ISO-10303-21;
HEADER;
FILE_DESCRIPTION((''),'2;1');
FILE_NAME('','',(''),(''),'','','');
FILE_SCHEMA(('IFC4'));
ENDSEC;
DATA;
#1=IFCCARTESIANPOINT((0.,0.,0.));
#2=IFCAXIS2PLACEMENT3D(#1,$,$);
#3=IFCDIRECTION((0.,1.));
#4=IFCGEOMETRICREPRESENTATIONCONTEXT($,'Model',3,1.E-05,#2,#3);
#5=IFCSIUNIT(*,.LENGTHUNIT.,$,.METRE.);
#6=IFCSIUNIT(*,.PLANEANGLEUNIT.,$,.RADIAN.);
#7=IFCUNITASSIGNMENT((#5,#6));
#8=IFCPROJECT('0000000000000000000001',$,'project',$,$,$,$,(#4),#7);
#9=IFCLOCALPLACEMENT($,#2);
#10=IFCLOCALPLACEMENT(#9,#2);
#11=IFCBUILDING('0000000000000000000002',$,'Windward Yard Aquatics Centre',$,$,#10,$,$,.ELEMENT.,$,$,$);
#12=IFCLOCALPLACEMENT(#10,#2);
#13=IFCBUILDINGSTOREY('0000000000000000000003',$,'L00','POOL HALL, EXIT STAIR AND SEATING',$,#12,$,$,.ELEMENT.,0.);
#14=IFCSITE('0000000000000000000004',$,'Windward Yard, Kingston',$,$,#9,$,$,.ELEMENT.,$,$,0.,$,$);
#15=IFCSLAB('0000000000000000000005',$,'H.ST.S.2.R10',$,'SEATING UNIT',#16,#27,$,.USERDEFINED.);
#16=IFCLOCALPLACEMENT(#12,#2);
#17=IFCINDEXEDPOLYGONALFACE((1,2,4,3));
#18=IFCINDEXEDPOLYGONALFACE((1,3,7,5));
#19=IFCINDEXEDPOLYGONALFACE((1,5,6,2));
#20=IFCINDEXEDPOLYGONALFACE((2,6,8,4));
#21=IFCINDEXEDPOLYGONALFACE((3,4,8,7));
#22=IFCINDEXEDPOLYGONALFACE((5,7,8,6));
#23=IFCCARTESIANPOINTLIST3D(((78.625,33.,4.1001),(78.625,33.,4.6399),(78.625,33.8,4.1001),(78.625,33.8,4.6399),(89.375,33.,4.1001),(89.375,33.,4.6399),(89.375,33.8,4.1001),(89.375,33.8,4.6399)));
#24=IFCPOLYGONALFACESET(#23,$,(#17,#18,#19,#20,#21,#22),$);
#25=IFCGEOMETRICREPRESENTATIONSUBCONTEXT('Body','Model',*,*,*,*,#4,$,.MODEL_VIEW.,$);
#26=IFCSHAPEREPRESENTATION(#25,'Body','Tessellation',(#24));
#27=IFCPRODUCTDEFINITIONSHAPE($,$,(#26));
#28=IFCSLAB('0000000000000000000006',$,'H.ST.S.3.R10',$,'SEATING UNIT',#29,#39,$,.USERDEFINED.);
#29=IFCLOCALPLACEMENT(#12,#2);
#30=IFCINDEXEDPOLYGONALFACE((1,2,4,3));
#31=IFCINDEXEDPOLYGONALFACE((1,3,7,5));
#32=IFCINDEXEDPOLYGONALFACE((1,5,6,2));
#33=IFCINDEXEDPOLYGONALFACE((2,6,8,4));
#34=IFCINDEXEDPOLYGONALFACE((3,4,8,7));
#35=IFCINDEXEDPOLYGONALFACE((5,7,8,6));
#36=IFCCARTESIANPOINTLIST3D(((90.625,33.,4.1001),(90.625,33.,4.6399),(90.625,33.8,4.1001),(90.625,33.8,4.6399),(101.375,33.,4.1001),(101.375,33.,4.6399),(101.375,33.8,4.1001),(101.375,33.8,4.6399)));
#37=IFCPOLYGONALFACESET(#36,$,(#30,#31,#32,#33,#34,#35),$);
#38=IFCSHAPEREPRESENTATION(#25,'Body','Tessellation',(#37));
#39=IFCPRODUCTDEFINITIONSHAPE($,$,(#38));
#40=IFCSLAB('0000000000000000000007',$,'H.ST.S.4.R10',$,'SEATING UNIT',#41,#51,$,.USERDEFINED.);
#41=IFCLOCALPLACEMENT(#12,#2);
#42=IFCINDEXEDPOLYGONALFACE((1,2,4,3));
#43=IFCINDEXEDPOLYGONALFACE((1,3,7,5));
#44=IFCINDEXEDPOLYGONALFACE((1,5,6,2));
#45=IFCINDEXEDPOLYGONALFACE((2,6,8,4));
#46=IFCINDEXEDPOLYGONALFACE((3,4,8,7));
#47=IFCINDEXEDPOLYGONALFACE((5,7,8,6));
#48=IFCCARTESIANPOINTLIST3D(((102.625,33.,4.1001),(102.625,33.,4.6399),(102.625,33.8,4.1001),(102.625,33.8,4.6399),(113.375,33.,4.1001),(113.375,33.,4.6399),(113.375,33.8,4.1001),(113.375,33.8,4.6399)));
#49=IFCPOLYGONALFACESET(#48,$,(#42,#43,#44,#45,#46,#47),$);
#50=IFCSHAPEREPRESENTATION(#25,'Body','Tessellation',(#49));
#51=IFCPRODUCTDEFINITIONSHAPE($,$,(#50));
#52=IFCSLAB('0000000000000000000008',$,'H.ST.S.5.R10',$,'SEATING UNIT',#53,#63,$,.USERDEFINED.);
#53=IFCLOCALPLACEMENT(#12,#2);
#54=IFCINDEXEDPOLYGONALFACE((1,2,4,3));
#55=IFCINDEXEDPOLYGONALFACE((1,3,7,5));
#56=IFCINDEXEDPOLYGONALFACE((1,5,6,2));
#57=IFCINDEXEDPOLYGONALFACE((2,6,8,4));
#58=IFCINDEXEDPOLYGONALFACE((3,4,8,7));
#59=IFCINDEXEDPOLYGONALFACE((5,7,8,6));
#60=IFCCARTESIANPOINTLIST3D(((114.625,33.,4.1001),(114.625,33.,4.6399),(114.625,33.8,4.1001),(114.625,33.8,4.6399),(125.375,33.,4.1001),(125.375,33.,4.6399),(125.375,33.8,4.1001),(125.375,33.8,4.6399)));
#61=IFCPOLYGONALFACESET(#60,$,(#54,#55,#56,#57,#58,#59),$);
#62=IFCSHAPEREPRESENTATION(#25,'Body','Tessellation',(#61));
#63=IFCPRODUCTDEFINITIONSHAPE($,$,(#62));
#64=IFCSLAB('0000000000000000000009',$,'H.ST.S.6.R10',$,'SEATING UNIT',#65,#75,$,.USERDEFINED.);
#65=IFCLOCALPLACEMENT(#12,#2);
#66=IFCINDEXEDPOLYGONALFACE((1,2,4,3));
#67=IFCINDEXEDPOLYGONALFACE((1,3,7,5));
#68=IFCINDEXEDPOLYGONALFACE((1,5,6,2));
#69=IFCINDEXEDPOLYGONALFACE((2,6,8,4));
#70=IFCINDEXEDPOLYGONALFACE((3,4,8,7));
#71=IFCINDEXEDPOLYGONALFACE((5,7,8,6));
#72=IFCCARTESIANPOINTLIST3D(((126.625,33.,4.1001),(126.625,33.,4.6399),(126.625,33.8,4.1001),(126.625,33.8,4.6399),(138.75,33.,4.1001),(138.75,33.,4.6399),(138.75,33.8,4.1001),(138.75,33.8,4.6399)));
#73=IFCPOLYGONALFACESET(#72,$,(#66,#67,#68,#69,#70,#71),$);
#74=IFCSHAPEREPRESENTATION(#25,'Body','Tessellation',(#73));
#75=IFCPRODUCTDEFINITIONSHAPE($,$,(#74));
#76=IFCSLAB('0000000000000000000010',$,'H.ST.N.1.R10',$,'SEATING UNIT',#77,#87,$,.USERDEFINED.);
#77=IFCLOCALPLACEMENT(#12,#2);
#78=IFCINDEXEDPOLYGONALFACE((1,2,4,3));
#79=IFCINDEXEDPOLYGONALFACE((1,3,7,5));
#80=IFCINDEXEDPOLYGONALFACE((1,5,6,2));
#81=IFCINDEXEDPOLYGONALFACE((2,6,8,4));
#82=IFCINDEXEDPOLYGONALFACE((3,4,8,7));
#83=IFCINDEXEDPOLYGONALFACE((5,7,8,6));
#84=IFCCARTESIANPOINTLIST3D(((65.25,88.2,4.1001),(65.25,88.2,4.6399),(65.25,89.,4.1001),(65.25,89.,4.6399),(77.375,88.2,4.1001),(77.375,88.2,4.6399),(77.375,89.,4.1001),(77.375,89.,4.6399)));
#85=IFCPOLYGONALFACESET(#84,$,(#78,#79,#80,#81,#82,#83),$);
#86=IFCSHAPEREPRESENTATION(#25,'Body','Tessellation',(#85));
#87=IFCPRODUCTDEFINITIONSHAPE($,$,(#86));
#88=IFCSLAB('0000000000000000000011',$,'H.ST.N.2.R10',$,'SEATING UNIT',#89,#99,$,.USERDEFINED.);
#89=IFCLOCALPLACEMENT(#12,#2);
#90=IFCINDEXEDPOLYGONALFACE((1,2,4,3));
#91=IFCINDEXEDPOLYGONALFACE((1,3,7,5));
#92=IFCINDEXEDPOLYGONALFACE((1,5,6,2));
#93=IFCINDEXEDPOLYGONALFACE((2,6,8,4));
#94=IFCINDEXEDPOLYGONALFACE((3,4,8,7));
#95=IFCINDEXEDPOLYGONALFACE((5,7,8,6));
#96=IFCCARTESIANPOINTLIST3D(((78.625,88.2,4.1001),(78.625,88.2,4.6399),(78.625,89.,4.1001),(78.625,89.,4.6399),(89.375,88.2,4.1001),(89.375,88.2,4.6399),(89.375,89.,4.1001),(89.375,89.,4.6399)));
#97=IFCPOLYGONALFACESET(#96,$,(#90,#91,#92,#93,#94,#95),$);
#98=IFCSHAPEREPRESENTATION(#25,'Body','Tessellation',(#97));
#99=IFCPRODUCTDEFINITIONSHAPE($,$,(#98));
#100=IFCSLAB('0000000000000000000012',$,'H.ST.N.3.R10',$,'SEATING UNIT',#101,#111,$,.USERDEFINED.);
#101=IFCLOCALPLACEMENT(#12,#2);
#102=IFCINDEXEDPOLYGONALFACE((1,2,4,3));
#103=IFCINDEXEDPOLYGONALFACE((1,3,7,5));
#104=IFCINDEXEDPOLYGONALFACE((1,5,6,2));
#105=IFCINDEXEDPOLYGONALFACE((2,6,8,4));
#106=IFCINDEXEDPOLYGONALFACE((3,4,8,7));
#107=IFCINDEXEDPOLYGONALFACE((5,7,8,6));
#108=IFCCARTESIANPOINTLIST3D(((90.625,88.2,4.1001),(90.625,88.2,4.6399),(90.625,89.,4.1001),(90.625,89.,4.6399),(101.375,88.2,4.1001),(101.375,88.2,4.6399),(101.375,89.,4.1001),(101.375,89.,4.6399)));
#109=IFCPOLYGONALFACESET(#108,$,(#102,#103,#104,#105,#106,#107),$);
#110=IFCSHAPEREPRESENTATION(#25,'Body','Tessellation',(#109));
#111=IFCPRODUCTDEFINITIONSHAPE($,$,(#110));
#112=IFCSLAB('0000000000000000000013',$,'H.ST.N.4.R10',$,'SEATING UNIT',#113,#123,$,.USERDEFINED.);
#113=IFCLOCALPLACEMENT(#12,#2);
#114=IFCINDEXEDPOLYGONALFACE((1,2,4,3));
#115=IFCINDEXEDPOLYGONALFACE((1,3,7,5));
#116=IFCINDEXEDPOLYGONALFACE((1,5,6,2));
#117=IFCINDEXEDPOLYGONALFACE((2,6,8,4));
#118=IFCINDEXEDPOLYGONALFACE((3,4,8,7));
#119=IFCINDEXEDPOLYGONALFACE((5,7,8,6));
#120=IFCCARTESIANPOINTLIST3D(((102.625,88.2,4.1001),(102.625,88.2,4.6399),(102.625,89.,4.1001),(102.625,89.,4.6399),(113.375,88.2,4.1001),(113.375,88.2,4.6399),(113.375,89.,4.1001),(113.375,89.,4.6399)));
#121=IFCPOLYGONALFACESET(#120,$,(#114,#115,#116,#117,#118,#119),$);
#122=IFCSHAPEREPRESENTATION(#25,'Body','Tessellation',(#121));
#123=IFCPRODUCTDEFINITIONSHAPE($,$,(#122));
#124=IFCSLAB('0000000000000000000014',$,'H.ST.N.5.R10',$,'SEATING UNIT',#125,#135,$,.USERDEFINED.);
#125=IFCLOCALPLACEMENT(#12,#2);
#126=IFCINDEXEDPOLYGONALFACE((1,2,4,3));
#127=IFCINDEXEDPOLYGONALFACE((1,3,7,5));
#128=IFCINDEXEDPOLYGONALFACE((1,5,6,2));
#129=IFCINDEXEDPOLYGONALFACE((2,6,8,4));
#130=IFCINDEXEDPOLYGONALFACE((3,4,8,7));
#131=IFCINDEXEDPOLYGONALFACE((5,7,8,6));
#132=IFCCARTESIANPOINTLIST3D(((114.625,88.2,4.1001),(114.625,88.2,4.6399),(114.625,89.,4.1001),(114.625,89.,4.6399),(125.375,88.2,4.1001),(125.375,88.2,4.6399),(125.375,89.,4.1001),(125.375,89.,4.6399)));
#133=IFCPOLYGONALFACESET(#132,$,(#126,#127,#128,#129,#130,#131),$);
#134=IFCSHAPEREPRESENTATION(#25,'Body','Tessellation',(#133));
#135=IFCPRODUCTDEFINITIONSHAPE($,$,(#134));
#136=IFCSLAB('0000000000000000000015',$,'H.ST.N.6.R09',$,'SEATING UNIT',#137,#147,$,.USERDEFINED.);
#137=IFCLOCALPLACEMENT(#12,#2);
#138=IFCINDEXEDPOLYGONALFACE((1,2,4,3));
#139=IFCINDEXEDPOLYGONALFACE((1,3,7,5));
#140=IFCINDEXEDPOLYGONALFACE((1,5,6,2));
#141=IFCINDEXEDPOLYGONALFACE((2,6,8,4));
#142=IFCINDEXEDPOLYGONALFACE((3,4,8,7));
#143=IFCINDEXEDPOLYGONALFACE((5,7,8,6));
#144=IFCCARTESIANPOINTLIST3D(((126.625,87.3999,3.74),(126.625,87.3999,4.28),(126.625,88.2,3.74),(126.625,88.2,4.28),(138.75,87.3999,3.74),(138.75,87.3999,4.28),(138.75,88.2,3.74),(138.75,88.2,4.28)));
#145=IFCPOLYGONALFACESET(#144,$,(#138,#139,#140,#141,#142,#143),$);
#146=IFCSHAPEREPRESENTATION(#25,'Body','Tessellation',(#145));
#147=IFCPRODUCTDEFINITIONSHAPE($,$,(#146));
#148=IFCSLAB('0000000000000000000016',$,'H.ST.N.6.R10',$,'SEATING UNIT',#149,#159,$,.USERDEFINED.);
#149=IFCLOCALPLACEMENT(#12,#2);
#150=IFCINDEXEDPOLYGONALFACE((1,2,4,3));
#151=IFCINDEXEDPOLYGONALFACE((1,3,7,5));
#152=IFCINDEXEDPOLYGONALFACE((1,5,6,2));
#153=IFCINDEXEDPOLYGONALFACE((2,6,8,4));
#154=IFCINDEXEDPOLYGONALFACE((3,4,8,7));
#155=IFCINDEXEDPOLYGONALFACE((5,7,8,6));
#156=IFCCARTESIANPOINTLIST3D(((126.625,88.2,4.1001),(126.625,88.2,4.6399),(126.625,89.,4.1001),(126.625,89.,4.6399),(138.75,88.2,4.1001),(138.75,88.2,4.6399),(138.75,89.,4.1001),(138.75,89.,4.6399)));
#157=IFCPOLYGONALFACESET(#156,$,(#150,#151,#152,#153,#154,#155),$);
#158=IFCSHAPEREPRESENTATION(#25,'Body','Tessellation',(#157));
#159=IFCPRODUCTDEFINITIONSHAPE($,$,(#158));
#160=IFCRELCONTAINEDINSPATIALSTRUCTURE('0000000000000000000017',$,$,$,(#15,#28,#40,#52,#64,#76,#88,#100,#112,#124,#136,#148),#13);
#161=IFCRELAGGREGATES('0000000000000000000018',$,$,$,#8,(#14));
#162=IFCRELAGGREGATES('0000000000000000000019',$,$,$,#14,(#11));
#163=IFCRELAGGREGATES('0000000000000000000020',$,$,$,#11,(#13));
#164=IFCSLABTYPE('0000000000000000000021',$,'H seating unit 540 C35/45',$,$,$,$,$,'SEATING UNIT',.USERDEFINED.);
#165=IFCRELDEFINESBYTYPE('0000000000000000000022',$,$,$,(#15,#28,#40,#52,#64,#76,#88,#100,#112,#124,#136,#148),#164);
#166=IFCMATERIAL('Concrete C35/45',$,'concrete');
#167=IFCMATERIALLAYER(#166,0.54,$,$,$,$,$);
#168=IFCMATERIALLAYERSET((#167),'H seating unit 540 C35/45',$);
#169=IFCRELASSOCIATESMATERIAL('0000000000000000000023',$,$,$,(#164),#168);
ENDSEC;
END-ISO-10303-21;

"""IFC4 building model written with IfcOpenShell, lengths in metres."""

from ifc_helpers import new_model, si_unit, direction, frame, origin, place, context, subcontext, project, spatial, polyline, outline, extrude, material, layer, layer_set, type_object, element, save


model = new_model("IFC4")

# Units and contexts
model_context = context("Model", 3, precision=1e-05, world=origin(), true_north=direction((0.0, 1.0)))
body_context = subcontext(model_context, "Body", "Model", "MODEL_VIEW")
ifc_project = project(units=[si_unit("LENGTHUNIT", "METRE"), si_unit("PLANEANGLEUNIT", "RADIAN")], contexts=[model_context])

# Site, building, storey
site_placement = place(None, origin())
site = spatial("IfcSite", under=ifc_project, at=site_placement, Name="Windward Yard, Kingston", CompositionType="ELEMENT", RefElevation=0.0)
building_placement = place(site_placement, origin())
building = spatial("IfcBuilding", under=site, at=building_placement, Name="Windward Yard Aquatics Centre", CompositionType="ELEMENT")
storey_placement = place(building_placement, origin())
storey = spatial("IfcBuildingStorey", under=building, at=storey_placement, Name="L00", Description="POOL HALL, EXIT STAIR AND SEATING", CompositionType="ELEMENT", Elevation=0.0)

# Shared definitions
ifc_material_1 = material(Name="Concrete C35/45", Category="concrete")

# Slabs
ifc_layer_1 = layer(ifc_material_1, 0.54)
ifc_layer_set_1 = layer_set([ifc_layer_1], Name="H seating unit 540 C35/45")
slab_type_1 = type_object("IfcSlabType", Name="H seating unit 540 C35/45", ElementType="SEATING UNIT", PredefinedType="USERDEFINED", material=ifc_layer_set_1)
slab_1_placement = place(storey_placement, frame((0.0, 0.0, 4.1001)))
element("IfcSlab", 1, at=slab_1_placement, inside=storey, type_object=slab_type_1, Name="H.ST.S.2.R10", ObjectType="SEATING UNIT", PredefinedType="USERDEFINED", context=body_context, shape_type="SweptSolid", body=[
    extrude(outline(polyline([(78.625, 33.0), (89.375, 33.0), (89.375, 33.8), (78.625, 33.8), (78.625, 33.0)])), origin(), (0.0, 0.0, 1.0), 0.5398),
])
slab_2_placement = place(storey_placement, frame((0.0, 0.0, 4.1001)))
element("IfcSlab", 2, at=slab_2_placement, inside=storey, type_object=slab_type_1, Name="H.ST.S.3.R10", ObjectType="SEATING UNIT", PredefinedType="USERDEFINED", context=body_context, shape_type="SweptSolid", body=[
    extrude(outline(polyline([(90.625, 33.0), (101.375, 33.0), (101.375, 33.8), (90.625, 33.8), (90.625, 33.0)])), origin(), (0.0, 0.0, 1.0), 0.5398),
])
slab_3_placement = place(storey_placement, frame((0.0, 0.0, 4.1001)))
element("IfcSlab", 3, at=slab_3_placement, inside=storey, type_object=slab_type_1, Name="H.ST.S.4.R10", ObjectType="SEATING UNIT", PredefinedType="USERDEFINED", context=body_context, shape_type="SweptSolid", body=[
    extrude(outline(polyline([(102.625, 33.0), (113.375, 33.0), (113.375, 33.8), (102.625, 33.8), (102.625, 33.0)])), origin(), (0.0, 0.0, 1.0), 0.5398),
])
slab_4_placement = place(storey_placement, frame((0.0, 0.0, 4.1001)))
element("IfcSlab", 4, at=slab_4_placement, inside=storey, type_object=slab_type_1, Name="H.ST.S.5.R10", ObjectType="SEATING UNIT", PredefinedType="USERDEFINED", context=body_context, shape_type="SweptSolid", body=[
    extrude(outline(polyline([(114.625, 33.0), (125.375, 33.0), (125.375, 33.8), (114.625, 33.8), (114.625, 33.0)])), origin(), (0.0, 0.0, 1.0), 0.5398),
])
slab_5_placement = place(storey_placement, frame((0.0, 0.0, 4.1001)))
element("IfcSlab", 5, at=slab_5_placement, inside=storey, type_object=slab_type_1, Name="H.ST.S.6.R10", ObjectType="SEATING UNIT", PredefinedType="USERDEFINED", context=body_context, shape_type="SweptSolid", body=[
    extrude(outline(polyline([(126.625, 33.0), (138.75, 33.0), (138.75, 33.8), (126.625, 33.8), (126.625, 33.0)])), origin(), (0.0, 0.0, 1.0), 0.5398),
])
slab_6_placement = place(storey_placement, frame((0.0, 0.0, 4.1001)))
element("IfcSlab", 6, at=slab_6_placement, inside=storey, type_object=slab_type_1, Name="H.ST.N.1.R10", ObjectType="SEATING UNIT", PredefinedType="USERDEFINED", context=body_context, shape_type="SweptSolid", body=[
    extrude(outline(polyline([(65.25, 88.2), (77.375, 88.2), (77.375, 89.0), (65.25, 89.0), (65.25, 88.2)])), origin(), (0.0, 0.0, 1.0), 0.5398),
])
slab_7_placement = place(storey_placement, frame((0.0, 0.0, 4.1001)))
element("IfcSlab", 7, at=slab_7_placement, inside=storey, type_object=slab_type_1, Name="H.ST.N.2.R10", ObjectType="SEATING UNIT", PredefinedType="USERDEFINED", context=body_context, shape_type="SweptSolid", body=[
    extrude(outline(polyline([(78.625, 88.2), (89.375, 88.2), (89.375, 89.0), (78.625, 89.0), (78.625, 88.2)])), origin(), (0.0, 0.0, 1.0), 0.5398),
])
slab_8_placement = place(storey_placement, frame((0.0, 0.0, 4.1001)))
element("IfcSlab", 8, at=slab_8_placement, inside=storey, type_object=slab_type_1, Name="H.ST.N.3.R10", ObjectType="SEATING UNIT", PredefinedType="USERDEFINED", context=body_context, shape_type="SweptSolid", body=[
    extrude(outline(polyline([(90.625, 88.2), (101.375, 88.2), (101.375, 89.0), (90.625, 89.0), (90.625, 88.2)])), origin(), (0.0, 0.0, 1.0), 0.5398),
])
slab_9_placement = place(storey_placement, frame((0.0, 0.0, 4.1001)))
element("IfcSlab", 9, at=slab_9_placement, inside=storey, type_object=slab_type_1, Name="H.ST.N.4.R10", ObjectType="SEATING UNIT", PredefinedType="USERDEFINED", context=body_context, shape_type="SweptSolid", body=[
    extrude(outline(polyline([(102.625, 88.2), (113.375, 88.2), (113.375, 89.0), (102.625, 89.0), (102.625, 88.2)])), origin(), (0.0, 0.0, 1.0), 0.5398),
])
slab_10_placement = place(storey_placement, frame((0.0, 0.0, 4.1001)))
element("IfcSlab", 10, at=slab_10_placement, inside=storey, type_object=slab_type_1, Name="H.ST.N.5.R10", ObjectType="SEATING UNIT", PredefinedType="USERDEFINED", context=body_context, shape_type="SweptSolid", body=[
    extrude(outline(polyline([(114.625, 88.2), (125.375, 88.2), (125.375, 89.0), (114.625, 89.0), (114.625, 88.2)])), origin(), (0.0, 0.0, 1.0), 0.5398),
])
slab_11_placement = place(storey_placement, frame((0.0, 0.0, 3.74)))
element("IfcSlab", 11, at=slab_11_placement, inside=storey, type_object=slab_type_1, Name="H.ST.N.6.R09", ObjectType="SEATING UNIT", PredefinedType="USERDEFINED", context=body_context, shape_type="SweptSolid", body=[
    extrude(outline(polyline([(126.625, 87.3999), (138.75, 87.3999), (138.75, 88.2), (126.625, 88.2), (126.625, 87.3999)])), origin(), (0.0, 0.0, 1.0), 0.54),
])
slab_12_placement = place(storey_placement, frame((0.0, 0.0, 4.1001)))
element("IfcSlab", 12, at=slab_12_placement, inside=storey, type_object=slab_type_1, Name="H.ST.N.6.R10", ObjectType="SEATING UNIT", PredefinedType="USERDEFINED", context=body_context, shape_type="SweptSolid", body=[
    extrude(outline(polyline([(126.625, 88.2), (138.75, 88.2), (138.75, 89.0), (126.625, 89.0), (126.625, 88.2)])), origin(), (0.0, 0.0, 1.0), 0.5398),
])

save(model, "model.ifc")
